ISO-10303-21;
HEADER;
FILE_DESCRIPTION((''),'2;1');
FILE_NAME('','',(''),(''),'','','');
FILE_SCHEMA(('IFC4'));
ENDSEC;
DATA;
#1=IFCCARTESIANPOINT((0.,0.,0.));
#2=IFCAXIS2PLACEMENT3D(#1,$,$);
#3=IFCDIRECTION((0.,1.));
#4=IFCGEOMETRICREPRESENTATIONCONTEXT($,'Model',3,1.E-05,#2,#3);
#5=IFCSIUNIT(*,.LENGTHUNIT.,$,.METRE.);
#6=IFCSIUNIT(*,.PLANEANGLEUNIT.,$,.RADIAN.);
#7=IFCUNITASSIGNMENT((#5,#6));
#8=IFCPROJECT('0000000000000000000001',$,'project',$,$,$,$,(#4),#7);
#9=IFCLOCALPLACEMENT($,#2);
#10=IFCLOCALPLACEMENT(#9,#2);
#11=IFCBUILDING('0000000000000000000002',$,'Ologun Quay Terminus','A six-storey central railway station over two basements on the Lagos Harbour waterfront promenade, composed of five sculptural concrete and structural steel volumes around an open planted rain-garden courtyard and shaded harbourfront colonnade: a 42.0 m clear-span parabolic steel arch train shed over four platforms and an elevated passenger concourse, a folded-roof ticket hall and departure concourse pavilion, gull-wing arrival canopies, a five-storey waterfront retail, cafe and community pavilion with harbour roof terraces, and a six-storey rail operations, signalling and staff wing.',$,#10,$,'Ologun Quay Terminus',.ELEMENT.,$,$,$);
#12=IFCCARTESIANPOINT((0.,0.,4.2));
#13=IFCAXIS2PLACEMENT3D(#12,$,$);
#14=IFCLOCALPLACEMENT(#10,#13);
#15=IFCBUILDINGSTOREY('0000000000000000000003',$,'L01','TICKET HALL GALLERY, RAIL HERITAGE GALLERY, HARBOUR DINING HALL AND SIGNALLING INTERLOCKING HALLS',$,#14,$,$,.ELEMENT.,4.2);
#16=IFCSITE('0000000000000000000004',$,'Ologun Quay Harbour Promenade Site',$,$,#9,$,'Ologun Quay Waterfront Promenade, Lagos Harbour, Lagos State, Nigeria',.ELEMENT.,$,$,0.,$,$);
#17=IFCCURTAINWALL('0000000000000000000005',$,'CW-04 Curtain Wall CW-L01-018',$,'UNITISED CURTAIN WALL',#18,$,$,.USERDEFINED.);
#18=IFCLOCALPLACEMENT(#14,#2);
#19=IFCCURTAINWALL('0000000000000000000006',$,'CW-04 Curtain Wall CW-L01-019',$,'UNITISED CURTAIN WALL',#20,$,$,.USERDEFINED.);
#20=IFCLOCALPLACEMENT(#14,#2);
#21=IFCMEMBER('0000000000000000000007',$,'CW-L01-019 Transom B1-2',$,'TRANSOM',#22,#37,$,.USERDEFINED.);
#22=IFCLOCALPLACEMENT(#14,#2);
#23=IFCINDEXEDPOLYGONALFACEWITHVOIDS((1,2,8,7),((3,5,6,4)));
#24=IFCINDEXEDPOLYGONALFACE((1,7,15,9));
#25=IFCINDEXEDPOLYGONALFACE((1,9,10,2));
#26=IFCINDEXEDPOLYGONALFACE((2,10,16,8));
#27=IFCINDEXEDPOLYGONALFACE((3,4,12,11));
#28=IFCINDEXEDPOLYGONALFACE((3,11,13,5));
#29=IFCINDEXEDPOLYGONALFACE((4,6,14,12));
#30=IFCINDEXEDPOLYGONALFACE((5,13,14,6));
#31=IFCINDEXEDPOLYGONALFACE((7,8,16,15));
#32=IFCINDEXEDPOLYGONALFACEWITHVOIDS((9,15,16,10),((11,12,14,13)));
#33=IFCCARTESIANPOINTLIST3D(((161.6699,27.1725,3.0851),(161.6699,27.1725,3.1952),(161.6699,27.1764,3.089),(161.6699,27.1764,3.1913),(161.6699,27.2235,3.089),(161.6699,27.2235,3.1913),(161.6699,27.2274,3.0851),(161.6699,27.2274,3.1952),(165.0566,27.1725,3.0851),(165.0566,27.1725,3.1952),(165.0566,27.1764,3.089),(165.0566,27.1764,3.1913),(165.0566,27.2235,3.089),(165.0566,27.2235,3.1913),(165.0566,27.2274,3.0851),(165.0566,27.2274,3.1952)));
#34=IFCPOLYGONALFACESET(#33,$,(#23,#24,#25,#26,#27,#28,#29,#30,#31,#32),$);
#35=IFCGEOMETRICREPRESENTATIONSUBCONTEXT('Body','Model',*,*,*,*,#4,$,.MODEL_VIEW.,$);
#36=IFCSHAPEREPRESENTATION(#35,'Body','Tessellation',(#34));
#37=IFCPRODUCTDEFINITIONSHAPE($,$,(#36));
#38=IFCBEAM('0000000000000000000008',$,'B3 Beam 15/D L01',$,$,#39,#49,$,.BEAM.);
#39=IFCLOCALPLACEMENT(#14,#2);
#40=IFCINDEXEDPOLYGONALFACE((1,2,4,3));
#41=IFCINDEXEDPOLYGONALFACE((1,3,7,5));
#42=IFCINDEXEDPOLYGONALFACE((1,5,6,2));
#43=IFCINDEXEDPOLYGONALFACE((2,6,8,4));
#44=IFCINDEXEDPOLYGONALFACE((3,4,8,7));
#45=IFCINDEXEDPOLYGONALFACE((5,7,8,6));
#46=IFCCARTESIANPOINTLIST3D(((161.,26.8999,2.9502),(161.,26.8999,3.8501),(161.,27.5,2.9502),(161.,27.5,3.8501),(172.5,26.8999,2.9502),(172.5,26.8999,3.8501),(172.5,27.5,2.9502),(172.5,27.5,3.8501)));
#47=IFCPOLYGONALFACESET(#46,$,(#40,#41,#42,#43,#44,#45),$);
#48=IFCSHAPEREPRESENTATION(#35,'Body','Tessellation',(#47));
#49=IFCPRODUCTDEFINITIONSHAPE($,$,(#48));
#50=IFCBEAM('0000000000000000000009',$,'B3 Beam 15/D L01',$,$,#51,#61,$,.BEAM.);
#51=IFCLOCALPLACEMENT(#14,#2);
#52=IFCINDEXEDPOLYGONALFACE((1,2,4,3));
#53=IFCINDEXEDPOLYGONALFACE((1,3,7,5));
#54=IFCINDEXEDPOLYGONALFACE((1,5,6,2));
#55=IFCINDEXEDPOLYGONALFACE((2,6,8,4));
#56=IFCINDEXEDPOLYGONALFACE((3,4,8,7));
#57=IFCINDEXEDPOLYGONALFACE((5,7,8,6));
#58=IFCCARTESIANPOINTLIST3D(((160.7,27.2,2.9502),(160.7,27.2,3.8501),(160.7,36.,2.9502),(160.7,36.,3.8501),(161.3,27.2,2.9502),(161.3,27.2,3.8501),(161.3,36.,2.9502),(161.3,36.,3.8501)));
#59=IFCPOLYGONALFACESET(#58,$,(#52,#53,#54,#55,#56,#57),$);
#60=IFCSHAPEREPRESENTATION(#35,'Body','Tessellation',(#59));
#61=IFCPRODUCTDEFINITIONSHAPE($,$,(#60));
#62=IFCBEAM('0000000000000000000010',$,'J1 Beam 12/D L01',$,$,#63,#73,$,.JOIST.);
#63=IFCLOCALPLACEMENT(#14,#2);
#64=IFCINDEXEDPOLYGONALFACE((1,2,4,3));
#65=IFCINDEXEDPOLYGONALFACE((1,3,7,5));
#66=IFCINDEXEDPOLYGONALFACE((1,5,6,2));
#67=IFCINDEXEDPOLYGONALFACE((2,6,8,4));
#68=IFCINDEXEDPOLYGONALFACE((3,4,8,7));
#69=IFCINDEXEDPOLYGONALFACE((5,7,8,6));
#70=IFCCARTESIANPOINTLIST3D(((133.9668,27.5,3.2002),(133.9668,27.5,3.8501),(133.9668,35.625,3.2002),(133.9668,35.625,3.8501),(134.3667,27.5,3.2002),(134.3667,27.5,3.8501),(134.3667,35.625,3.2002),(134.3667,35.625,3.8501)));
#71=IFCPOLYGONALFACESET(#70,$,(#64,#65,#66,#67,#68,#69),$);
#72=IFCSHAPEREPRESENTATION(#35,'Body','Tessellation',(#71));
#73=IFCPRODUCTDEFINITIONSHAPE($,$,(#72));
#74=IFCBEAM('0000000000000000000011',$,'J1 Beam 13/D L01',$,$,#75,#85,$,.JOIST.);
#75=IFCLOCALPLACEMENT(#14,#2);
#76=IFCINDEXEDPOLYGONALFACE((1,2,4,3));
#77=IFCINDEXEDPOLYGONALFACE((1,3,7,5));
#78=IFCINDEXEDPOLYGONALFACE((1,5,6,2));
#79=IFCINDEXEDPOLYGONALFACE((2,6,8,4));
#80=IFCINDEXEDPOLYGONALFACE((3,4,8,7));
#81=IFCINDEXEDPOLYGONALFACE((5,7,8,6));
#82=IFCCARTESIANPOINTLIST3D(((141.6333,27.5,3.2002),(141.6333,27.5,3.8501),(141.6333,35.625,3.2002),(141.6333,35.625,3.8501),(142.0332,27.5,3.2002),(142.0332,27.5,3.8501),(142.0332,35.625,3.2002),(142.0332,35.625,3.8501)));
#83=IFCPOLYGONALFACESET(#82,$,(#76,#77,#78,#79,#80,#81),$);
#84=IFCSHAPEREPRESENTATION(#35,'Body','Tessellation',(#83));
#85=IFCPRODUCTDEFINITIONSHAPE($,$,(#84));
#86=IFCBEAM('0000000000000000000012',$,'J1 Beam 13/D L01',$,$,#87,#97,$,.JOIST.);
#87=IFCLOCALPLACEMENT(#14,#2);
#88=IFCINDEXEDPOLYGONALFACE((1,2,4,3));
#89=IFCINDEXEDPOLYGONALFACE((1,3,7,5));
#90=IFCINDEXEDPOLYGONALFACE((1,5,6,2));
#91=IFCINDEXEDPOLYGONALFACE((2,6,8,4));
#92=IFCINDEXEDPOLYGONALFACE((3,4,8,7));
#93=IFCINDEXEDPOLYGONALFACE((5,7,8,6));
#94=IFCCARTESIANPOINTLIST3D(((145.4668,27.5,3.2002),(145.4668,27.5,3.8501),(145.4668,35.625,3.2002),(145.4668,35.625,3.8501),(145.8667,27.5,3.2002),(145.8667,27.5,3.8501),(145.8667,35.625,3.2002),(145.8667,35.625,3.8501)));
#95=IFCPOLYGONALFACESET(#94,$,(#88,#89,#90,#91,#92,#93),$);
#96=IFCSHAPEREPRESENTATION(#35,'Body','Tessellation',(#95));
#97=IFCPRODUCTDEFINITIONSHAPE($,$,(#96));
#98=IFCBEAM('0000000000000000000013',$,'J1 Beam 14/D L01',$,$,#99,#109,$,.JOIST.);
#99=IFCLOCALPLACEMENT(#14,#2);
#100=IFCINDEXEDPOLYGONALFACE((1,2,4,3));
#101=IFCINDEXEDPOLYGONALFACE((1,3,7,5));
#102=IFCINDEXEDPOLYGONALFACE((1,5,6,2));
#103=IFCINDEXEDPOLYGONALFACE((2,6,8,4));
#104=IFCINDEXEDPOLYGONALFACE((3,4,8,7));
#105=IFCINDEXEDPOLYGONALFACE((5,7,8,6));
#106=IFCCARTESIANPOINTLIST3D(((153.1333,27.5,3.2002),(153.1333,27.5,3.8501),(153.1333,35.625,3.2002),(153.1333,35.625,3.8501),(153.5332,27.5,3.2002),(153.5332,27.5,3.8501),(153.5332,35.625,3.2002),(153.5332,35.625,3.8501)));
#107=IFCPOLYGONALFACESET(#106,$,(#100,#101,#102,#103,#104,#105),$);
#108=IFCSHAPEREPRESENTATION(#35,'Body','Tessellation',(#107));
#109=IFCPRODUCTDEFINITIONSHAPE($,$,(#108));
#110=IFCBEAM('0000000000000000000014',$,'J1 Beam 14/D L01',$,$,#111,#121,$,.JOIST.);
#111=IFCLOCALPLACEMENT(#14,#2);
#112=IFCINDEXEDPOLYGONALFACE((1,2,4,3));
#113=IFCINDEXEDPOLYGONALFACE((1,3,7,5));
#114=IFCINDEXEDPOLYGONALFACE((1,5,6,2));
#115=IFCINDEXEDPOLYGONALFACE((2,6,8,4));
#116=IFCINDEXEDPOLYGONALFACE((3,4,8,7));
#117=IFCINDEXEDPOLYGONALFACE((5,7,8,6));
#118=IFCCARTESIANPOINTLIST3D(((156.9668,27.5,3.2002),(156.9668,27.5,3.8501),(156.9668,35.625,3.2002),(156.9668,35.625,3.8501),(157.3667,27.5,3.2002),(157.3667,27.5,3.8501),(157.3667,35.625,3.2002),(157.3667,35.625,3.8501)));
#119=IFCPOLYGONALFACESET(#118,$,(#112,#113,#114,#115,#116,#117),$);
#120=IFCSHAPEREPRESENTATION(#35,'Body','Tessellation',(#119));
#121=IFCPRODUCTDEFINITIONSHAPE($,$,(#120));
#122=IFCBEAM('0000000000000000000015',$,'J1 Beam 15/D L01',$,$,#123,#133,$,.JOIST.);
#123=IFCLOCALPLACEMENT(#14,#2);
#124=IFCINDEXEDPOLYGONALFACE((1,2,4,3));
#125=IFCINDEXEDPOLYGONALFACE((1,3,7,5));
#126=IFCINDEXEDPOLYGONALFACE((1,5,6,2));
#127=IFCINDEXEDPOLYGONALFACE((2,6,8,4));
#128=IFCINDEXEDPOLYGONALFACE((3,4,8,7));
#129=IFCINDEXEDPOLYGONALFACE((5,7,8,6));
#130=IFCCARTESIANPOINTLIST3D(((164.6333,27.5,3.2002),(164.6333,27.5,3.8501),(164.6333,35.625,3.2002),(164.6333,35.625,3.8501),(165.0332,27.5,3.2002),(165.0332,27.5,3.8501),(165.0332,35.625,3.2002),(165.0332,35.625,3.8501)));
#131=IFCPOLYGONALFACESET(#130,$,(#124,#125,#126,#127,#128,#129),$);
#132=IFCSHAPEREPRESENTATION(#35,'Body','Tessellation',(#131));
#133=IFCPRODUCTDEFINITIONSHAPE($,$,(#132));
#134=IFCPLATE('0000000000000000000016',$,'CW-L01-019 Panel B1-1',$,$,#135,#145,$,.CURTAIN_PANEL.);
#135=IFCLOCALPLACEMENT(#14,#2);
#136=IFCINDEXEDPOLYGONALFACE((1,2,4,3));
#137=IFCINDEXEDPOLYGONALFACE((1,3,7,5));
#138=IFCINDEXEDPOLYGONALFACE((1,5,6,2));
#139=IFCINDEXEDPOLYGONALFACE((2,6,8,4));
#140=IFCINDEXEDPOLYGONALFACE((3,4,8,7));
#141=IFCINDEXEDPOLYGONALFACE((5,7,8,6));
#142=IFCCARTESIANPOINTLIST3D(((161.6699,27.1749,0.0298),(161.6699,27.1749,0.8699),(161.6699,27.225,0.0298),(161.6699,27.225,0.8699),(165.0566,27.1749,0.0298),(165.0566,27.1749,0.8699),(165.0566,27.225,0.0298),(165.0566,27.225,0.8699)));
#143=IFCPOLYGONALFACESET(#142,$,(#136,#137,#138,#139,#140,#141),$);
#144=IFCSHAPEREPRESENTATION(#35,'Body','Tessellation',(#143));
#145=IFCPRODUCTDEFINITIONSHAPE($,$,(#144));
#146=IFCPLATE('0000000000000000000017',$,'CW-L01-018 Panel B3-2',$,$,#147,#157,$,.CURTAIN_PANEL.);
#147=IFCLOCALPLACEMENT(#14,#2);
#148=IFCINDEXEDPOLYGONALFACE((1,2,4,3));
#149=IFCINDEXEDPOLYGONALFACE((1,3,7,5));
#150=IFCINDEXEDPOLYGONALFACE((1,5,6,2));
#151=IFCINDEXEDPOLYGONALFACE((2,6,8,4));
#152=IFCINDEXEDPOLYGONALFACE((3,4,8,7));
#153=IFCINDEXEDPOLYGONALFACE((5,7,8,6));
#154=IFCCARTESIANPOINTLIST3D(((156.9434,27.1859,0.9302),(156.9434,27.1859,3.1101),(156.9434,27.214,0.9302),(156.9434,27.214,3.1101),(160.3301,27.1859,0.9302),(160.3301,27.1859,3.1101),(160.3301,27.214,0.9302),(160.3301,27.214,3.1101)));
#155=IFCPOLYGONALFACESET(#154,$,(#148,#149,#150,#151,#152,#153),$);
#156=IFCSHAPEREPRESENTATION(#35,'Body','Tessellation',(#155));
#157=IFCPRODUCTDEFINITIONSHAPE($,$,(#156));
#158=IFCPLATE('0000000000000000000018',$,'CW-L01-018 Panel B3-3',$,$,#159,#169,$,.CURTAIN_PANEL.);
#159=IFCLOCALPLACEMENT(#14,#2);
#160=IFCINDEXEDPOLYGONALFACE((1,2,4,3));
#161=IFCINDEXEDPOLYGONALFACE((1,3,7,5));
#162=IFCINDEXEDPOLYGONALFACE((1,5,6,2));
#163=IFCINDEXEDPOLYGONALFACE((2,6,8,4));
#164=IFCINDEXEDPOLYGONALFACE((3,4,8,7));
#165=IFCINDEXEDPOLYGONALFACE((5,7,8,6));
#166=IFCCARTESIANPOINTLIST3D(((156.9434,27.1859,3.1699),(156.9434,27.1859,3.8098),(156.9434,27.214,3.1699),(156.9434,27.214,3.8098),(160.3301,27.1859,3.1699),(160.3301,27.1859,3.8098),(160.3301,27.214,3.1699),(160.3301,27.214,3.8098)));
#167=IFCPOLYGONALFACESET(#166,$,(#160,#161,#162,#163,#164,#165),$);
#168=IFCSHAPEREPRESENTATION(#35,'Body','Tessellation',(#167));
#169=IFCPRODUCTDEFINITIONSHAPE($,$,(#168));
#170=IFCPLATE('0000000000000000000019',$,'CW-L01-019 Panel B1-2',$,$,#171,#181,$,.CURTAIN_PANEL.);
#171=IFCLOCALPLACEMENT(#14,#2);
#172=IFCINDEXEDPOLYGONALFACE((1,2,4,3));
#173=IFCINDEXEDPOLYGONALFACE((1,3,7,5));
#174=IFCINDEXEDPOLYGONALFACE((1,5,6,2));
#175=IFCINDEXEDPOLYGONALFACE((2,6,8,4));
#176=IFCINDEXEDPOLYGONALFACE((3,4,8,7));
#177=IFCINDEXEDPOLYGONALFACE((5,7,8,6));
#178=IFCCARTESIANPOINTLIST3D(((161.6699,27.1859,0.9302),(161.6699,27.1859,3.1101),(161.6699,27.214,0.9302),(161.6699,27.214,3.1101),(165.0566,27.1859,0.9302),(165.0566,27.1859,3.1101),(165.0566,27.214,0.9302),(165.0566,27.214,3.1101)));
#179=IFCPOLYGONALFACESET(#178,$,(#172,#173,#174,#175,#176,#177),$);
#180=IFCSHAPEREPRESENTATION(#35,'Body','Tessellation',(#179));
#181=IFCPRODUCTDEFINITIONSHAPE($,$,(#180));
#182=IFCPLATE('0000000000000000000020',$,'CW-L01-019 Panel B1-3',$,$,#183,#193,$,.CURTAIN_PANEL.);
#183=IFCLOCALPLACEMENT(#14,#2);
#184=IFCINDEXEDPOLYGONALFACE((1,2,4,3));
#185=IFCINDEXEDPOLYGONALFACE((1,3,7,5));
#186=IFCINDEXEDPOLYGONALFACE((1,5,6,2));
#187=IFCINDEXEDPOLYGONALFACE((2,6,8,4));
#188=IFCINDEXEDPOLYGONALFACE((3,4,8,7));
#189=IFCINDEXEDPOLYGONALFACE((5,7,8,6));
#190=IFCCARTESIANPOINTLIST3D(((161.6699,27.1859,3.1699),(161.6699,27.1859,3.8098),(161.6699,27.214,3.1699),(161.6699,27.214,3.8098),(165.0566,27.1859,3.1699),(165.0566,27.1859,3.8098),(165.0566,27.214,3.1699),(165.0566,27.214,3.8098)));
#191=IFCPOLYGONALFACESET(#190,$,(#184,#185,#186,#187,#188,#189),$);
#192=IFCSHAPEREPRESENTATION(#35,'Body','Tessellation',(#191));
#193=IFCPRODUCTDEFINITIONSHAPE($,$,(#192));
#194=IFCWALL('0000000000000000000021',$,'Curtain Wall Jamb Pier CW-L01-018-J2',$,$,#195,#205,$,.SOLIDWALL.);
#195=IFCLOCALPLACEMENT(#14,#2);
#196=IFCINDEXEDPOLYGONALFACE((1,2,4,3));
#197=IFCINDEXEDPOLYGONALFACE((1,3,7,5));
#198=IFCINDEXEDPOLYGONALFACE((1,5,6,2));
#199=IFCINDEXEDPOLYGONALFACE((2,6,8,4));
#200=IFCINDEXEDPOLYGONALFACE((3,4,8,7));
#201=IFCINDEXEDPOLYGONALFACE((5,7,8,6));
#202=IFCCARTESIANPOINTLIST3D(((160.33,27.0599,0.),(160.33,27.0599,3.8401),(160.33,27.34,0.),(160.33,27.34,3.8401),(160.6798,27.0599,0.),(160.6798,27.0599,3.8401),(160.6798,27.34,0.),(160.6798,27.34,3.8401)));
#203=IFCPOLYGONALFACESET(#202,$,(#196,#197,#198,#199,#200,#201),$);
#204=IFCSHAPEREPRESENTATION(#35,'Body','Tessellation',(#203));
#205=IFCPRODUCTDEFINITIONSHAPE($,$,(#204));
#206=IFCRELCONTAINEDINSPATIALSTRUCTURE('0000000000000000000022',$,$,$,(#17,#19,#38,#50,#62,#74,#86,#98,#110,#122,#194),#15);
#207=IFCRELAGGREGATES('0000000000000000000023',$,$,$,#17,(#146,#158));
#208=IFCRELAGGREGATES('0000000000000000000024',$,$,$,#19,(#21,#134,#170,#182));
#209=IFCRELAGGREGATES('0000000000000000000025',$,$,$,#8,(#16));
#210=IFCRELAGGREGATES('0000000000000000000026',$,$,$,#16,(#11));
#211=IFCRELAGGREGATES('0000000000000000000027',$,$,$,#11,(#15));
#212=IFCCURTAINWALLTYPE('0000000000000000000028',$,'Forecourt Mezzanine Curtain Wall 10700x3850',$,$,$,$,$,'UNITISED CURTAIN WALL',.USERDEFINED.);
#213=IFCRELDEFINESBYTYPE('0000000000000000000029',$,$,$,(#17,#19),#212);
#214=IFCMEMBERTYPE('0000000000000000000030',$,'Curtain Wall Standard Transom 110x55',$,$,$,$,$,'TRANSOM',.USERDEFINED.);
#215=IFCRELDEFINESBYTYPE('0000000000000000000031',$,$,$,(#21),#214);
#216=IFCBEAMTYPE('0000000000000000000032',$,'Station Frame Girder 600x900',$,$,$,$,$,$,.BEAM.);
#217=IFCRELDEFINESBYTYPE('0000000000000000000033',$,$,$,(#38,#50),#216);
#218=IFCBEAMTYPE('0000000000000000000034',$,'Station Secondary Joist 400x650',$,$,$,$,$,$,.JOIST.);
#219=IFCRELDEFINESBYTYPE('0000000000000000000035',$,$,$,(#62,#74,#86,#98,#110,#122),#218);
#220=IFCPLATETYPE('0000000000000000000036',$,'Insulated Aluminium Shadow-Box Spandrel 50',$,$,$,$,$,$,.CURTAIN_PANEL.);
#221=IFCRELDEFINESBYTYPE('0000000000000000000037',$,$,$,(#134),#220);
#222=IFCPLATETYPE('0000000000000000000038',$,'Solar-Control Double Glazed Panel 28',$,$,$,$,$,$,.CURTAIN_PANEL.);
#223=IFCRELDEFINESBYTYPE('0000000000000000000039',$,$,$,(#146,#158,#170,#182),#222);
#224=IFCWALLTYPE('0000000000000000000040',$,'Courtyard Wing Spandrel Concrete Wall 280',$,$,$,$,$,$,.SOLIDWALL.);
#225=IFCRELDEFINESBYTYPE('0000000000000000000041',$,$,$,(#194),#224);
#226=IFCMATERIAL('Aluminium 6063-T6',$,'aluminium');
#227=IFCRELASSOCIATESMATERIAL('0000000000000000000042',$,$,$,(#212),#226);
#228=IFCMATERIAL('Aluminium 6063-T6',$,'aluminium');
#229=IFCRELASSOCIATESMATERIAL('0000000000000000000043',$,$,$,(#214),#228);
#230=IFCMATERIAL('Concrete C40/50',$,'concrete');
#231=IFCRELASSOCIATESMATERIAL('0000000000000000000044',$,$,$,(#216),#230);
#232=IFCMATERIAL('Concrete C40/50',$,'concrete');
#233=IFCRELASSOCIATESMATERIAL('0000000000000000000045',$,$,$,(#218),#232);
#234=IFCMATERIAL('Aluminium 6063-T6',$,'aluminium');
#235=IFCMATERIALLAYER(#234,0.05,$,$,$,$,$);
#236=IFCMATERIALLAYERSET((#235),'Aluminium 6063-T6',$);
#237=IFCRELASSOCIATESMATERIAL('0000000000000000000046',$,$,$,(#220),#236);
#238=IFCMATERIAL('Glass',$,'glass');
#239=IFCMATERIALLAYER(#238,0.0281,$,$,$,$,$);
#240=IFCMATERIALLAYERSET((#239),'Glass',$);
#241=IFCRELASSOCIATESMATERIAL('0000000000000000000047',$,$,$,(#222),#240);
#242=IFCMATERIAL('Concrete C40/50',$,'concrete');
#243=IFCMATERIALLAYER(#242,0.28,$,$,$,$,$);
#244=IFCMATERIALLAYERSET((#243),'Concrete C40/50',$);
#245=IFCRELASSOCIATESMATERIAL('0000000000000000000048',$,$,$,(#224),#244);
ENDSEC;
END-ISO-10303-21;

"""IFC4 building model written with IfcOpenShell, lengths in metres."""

from ifc_helpers import new_model, si_unit, direction, frame, frame_2d, origin, origin_2d, place, context, subcontext, project, spatial, rectangle, hollow_rectangle, extrude, material, layer, layer_set, material_profile, profile_set, type_object, element, aggregate, save


model = new_model("IFC4")

# Units and contexts
model_context = context("Model", 3, precision=1e-05, world=origin(), true_north=direction((0.0, 1.0)))
body_context = subcontext(model_context, "Body", "Model", "MODEL_VIEW")
ifc_project = project(units=[si_unit("LENGTHUNIT", "METRE"), si_unit("PLANEANGLEUNIT", "RADIAN")], contexts=[model_context])

# Site, building, storey
site_placement = place(None, origin())
site = spatial("IfcSite", under=ifc_project, at=site_placement, Name="Ologun Quay Harbour Promenade Site", LongName="Ologun Quay Waterfront Promenade, Lagos Harbour, Lagos State, Nigeria", CompositionType="ELEMENT", RefElevation=0.0)
building_placement = place(site_placement, origin())
building = spatial("IfcBuilding", under=site, at=building_placement, Name="Ologun Quay Terminus", Description="A six-storey central railway station over two basements on the Lagos Harbour waterfront promenade, composed of five sculptural concrete and structural steel volumes around an open planted rain-garden courtyard and shaded harbourfront colonnade: a 42.0 m clear-span parabolic steel arch train shed over four platforms and an elevated passenger concourse, a folded-roof ticket hall and departure concourse pavilion, gull-wing arrival canopies, a five-storey waterfront retail, cafe and community pavilion with harbour roof terraces, and a six-storey rail operations, signalling and staff wing.", LongName="Ologun Quay Terminus", CompositionType="ELEMENT")
storey_placement = place(building_placement, frame((0.0, 0.0, 4.2)))
storey = spatial("IfcBuildingStorey", under=building, at=storey_placement, Name="L01", Description="TICKET HALL GALLERY, RAIL HERITAGE GALLERY, HARBOUR DINING HALL AND SIGNALLING INTERLOCKING HALLS", CompositionType="ELEMENT", Elevation=4.2)

# Curtain wall
ifc_material_1 = material(Name="Aluminium 6063-T6", Category="aluminium")
curtain_wall_type = type_object("IfcCurtainWallType", Name="Forecourt Mezzanine Curtain Wall 10700x3850", ElementType="UNITISED CURTAIN WALL", PredefinedType="USERDEFINED", material=ifc_material_1)
curtain_wall_1_placement = place(storey_placement, origin())
curtain_wall_1 = element("IfcCurtainWall", 1, at=curtain_wall_1_placement, inside=storey, type_object=curtain_wall_type, Name="CW-04 Curtain Wall CW-L01-018", ObjectType="UNITISED CURTAIN WALL", PredefinedType="USERDEFINED")

# Curtain wall, member
curtain_wall_2_placement = place(storey_placement, origin())
curtain_wall_2 = element("IfcCurtainWall", 2, at=curtain_wall_2_placement, inside=storey, type_object=curtain_wall_type, Name="CW-04 Curtain Wall CW-L01-019", ObjectType="UNITISED CURTAIN WALL", PredefinedType="USERDEFINED")
ifc_material_2 = material(Name="Aluminium 6063-T6", Category="aluminium")
ifc_material_profile_1 = material_profile(ifc_material_2, hollow_rectangle(XDim=0.0549, YDim=0.1101, WallThickness=0.0039, at=origin_2d()), Name="ALU 110x55x4")
ifc_profile_set_1 = profile_set([ifc_material_profile_1], Name="Aluminium 6063-T6")
member_type_1 = type_object("IfcMemberType", Name="Curtain Wall Standard Transom 110x55", ElementType="TRANSOM", PredefinedType="USERDEFINED", material=ifc_profile_set_1)
member_1_placement = place(storey_placement, frame((161.6699, 27.2, 3.1401), z_axis=(1.0, 0.0, 0.0), x_axis=(0.0, 1.0, 0.0)))
member_1 = element("IfcMember", 3, at=member_1_placement, type_object=member_type_1, Name="CW-L01-019 Transom B1-2", ObjectType="TRANSOM", PredefinedType="USERDEFINED", context=body_context, shape_type="SweptSolid", body=[
    extrude(hollow_rectangle(XDim=0.0549, YDim=0.1101, WallThickness=0.0039, at=origin_2d()), origin(), (0.0, 0.0, 1.0), 3.3867),
])

# Beams
ifc_material_3 = material(Name="Concrete C40/50", Category="concrete")
ifc_material_profile_2 = material_profile(ifc_material_3, rectangle(XDim=0.6001, YDim=0.8999, at=origin_2d()), Name="RC 600x900")
ifc_profile_set_2 = profile_set([ifc_material_profile_2], Name="Concrete C40/50")
beam_type_1 = type_object("IfcBeamType", Name="Station Frame Girder 600x900", PredefinedType="BEAM", material=ifc_profile_set_2)
beam_1_placement = place(storey_placement, frame((161.0, 27.2, 3.4001), z_axis=(1.0, 0.0, 0.0), x_axis=(0.0, 1.0, 0.0)))
element("IfcBeam", 4, at=beam_1_placement, inside=storey, type_object=beam_type_1, Name="B3 Beam 15/D L01", PredefinedType="BEAM", context=body_context, shape_type="SweptSolid", body=[
    extrude(rectangle(XDim=0.6001, YDim=0.8999, at=origin_2d()), origin(), (0.0, 0.0, 1.0), 11.5),
])
beam_2_placement = place(storey_placement, frame((161.0, 27.2, 3.4001), z_axis=(0.0, 1.0, 0.0), x_axis=(-1.0, 0.0, 0.0)))
element("IfcBeam", 5, at=beam_2_placement, inside=storey, type_object=beam_type_1, Name="B3 Beam 15/D L01", PredefinedType="BEAM", context=body_context, shape_type="SweptSolid", body=[
    extrude(rectangle(XDim=0.6001, YDim=0.8999, at=origin_2d()), origin(), (0.0, 0.0, 1.0), 8.8),
])
ifc_material_4 = material(Name="Concrete C40/50", Category="concrete")
ifc_material_profile_3 = material_profile(ifc_material_4, rectangle(XDim=0.3999, YDim=0.6499, at=origin_2d()), Name="RC 400x650")
ifc_profile_set_3 = profile_set([ifc_material_profile_3], Name="Concrete C40/50")
beam_type_2 = type_object("IfcBeamType", Name="Station Secondary Joist 400x650", PredefinedType="JOIST", material=ifc_profile_set_3)
for number, where, z_axis, x_axis, name in (
    (6, (134.1667, 27.5, 3.5251), (0.0, 1.0, 0.0), (-1.0, 0.0, 0.0), "J1 Beam 12/D L01"),
    (7, (141.8333, 27.5, 3.5251), (0.0, 1.0, 0.0), (-1.0, 0.0, 0.0), "J1 Beam 13/D L01"),
    (8, (145.6667, 27.5, 3.5251), (0.0, 1.0, 0.0), (-1.0, 0.0, 0.0), "J1 Beam 13/D L01"),
    (9, (153.3333, 27.5, 3.5251), (0.0, 1.0, 0.0), (-1.0, 0.0, 0.0), "J1 Beam 14/D L01"),
    (10, (157.1667, 27.5, 3.5251), (0.0, 1.0, 0.0), (-1.0, 0.0, 0.0), "J1 Beam 14/D L01"),
    (11, (164.8333, 27.5, 3.5251), (0.0, 1.0, 0.0), (-1.0, 0.0, 0.0), "J1 Beam 15/D L01"),
):
    element("IfcBeam", number, at=place(storey_placement, frame(where, z_axis=z_axis, x_axis=x_axis)), inside=storey, type_object=beam_type_2, Name=name, PredefinedType="JOIST", context=body_context, shape_type="SweptSolid", body=[
        extrude(rectangle(XDim=0.3999, YDim=0.6499, at=origin_2d()), origin(), (0.0, 0.0, 1.0), 8.125),
    ])

# Plates
ifc_material_5 = material(Name="Aluminium 6063-T6", Category="aluminium")
ifc_layer_1 = layer(ifc_material_5, 0.05)
ifc_layer_set_1 = layer_set([ifc_layer_1], Name="Aluminium 6063-T6")
plate_type_1 = type_object("IfcPlateType", Name="Insulated Aluminium Shadow-Box Spandrel 50", PredefinedType="CURTAIN_PANEL", material=ifc_layer_set_1)
plate_1_placement = place(storey_placement, frame((163.3633, 27.2, 0.0298), z_axis=(0.0, 0.0, 1.0), x_axis=(1.0, 0.0, 0.0)))
plate_1 = element("IfcPlate", 12, at=plate_1_placement, type_object=plate_type_1, Name="CW-L01-019 Panel B1-1", PredefinedType="CURTAIN_PANEL", context=body_context, shape_type="SweptSolid", body=[
    extrude(rectangle(XDim=3.3867, YDim=0.05, at=origin_2d()), origin(), (0.0, 0.0, 1.0), 0.8401),
])
ifc_material_6 = material(Name="Glass", Category="glass")
ifc_layer_2 = layer(ifc_material_6, 0.0281)
ifc_layer_set_2 = layer_set([ifc_layer_2], Name="Glass")
plate_type_2 = type_object("IfcPlateType", Name="Solar-Control Double Glazed Panel 28", PredefinedType="CURTAIN_PANEL", material=ifc_layer_set_2)
plate_2_placement = place(storey_placement, frame((158.6367, 27.2, 0.9302), z_axis=(0.0, 0.0, 1.0), x_axis=(1.0, 0.0, 0.0)))
plate_2 = element("IfcPlate", 13, at=plate_2_placement, type_object=plate_type_2, Name="CW-L01-018 Panel B3-2", PredefinedType="CURTAIN_PANEL", context=body_context, shape_type="SweptSolid", body=[
    extrude(rectangle(XDim=3.3867, YDim=0.0281, at=origin_2d()), origin(), (0.0, 0.0, 1.0), 2.1799),
])
plate_3_placement = place(storey_placement, frame((158.6367, 27.2, 3.1699), z_axis=(0.0, 0.0, 1.0), x_axis=(1.0, 0.0, 0.0)))
plate_3 = element("IfcPlate", 14, at=plate_3_placement, type_object=plate_type_2, Name="CW-L01-018 Panel B3-3", PredefinedType="CURTAIN_PANEL", context=body_context, shape_type="SweptSolid", body=[
    extrude(rectangle(XDim=3.3867, YDim=0.0281, at=origin_2d()), origin(), (0.0, 0.0, 1.0), 0.6399),
])
aggregate(curtain_wall_1, [plate_2, plate_3])
plate_4_placement = place(storey_placement, frame((163.3633, 27.2, 0.9302), z_axis=(0.0, 0.0, 1.0), x_axis=(1.0, 0.0, 0.0)))
plate_4 = element("IfcPlate", 15, at=plate_4_placement, type_object=plate_type_2, Name="CW-L01-019 Panel B1-2", PredefinedType="CURTAIN_PANEL", context=body_context, shape_type="SweptSolid", body=[
    extrude(rectangle(XDim=3.3867, YDim=0.0281, at=origin_2d()), origin(), (0.0, 0.0, 1.0), 2.1799),
])
plate_5_placement = place(storey_placement, frame((163.3633, 27.2, 3.1699), z_axis=(0.0, 0.0, 1.0), x_axis=(1.0, 0.0, 0.0)))
plate_5 = element("IfcPlate", 16, at=plate_5_placement, type_object=plate_type_2, Name="CW-L01-019 Panel B1-3", PredefinedType="CURTAIN_PANEL", context=body_context, shape_type="SweptSolid", body=[
    extrude(rectangle(XDim=3.3867, YDim=0.0281, at=origin_2d()), origin(), (0.0, 0.0, 1.0), 0.6399),
])
aggregate(curtain_wall_2, [member_1, plate_1, plate_4, plate_5])

# Wall
ifc_material_7 = material(Name="Concrete C40/50", Category="concrete")
ifc_layer_3 = layer(ifc_material_7, 0.28)
ifc_layer_set_3 = layer_set([ifc_layer_3], Name="Concrete C40/50")
wall_type = type_object("IfcWallType", Name="Courtyard Wing Spandrel Concrete Wall 280", PredefinedType="SOLIDWALL", material=ifc_layer_set_3)
for number, where, z_axis, x_axis, name in (
    (17, (160.3301, 27.2, 0.0), (0.0, 0.0, 1.0), (1.0, 0.0, 0.0), "Curtain Wall Jamb Pier CW-L01-018-J2"),
):
    element("IfcWall", number, at=place(storey_placement, frame(where, z_axis=z_axis, x_axis=x_axis)), inside=storey, type_object=wall_type, Name=name, PredefinedType="SOLIDWALL", context=body_context, shape_type="SweptSolid", body=[
        extrude(rectangle(XDim=0.3499, YDim=0.28, at=frame_2d((0.1748, 0.0))), origin(), (0.0, 0.0, 1.0), 3.8401),
    ])

save(model, "model.ifc")
